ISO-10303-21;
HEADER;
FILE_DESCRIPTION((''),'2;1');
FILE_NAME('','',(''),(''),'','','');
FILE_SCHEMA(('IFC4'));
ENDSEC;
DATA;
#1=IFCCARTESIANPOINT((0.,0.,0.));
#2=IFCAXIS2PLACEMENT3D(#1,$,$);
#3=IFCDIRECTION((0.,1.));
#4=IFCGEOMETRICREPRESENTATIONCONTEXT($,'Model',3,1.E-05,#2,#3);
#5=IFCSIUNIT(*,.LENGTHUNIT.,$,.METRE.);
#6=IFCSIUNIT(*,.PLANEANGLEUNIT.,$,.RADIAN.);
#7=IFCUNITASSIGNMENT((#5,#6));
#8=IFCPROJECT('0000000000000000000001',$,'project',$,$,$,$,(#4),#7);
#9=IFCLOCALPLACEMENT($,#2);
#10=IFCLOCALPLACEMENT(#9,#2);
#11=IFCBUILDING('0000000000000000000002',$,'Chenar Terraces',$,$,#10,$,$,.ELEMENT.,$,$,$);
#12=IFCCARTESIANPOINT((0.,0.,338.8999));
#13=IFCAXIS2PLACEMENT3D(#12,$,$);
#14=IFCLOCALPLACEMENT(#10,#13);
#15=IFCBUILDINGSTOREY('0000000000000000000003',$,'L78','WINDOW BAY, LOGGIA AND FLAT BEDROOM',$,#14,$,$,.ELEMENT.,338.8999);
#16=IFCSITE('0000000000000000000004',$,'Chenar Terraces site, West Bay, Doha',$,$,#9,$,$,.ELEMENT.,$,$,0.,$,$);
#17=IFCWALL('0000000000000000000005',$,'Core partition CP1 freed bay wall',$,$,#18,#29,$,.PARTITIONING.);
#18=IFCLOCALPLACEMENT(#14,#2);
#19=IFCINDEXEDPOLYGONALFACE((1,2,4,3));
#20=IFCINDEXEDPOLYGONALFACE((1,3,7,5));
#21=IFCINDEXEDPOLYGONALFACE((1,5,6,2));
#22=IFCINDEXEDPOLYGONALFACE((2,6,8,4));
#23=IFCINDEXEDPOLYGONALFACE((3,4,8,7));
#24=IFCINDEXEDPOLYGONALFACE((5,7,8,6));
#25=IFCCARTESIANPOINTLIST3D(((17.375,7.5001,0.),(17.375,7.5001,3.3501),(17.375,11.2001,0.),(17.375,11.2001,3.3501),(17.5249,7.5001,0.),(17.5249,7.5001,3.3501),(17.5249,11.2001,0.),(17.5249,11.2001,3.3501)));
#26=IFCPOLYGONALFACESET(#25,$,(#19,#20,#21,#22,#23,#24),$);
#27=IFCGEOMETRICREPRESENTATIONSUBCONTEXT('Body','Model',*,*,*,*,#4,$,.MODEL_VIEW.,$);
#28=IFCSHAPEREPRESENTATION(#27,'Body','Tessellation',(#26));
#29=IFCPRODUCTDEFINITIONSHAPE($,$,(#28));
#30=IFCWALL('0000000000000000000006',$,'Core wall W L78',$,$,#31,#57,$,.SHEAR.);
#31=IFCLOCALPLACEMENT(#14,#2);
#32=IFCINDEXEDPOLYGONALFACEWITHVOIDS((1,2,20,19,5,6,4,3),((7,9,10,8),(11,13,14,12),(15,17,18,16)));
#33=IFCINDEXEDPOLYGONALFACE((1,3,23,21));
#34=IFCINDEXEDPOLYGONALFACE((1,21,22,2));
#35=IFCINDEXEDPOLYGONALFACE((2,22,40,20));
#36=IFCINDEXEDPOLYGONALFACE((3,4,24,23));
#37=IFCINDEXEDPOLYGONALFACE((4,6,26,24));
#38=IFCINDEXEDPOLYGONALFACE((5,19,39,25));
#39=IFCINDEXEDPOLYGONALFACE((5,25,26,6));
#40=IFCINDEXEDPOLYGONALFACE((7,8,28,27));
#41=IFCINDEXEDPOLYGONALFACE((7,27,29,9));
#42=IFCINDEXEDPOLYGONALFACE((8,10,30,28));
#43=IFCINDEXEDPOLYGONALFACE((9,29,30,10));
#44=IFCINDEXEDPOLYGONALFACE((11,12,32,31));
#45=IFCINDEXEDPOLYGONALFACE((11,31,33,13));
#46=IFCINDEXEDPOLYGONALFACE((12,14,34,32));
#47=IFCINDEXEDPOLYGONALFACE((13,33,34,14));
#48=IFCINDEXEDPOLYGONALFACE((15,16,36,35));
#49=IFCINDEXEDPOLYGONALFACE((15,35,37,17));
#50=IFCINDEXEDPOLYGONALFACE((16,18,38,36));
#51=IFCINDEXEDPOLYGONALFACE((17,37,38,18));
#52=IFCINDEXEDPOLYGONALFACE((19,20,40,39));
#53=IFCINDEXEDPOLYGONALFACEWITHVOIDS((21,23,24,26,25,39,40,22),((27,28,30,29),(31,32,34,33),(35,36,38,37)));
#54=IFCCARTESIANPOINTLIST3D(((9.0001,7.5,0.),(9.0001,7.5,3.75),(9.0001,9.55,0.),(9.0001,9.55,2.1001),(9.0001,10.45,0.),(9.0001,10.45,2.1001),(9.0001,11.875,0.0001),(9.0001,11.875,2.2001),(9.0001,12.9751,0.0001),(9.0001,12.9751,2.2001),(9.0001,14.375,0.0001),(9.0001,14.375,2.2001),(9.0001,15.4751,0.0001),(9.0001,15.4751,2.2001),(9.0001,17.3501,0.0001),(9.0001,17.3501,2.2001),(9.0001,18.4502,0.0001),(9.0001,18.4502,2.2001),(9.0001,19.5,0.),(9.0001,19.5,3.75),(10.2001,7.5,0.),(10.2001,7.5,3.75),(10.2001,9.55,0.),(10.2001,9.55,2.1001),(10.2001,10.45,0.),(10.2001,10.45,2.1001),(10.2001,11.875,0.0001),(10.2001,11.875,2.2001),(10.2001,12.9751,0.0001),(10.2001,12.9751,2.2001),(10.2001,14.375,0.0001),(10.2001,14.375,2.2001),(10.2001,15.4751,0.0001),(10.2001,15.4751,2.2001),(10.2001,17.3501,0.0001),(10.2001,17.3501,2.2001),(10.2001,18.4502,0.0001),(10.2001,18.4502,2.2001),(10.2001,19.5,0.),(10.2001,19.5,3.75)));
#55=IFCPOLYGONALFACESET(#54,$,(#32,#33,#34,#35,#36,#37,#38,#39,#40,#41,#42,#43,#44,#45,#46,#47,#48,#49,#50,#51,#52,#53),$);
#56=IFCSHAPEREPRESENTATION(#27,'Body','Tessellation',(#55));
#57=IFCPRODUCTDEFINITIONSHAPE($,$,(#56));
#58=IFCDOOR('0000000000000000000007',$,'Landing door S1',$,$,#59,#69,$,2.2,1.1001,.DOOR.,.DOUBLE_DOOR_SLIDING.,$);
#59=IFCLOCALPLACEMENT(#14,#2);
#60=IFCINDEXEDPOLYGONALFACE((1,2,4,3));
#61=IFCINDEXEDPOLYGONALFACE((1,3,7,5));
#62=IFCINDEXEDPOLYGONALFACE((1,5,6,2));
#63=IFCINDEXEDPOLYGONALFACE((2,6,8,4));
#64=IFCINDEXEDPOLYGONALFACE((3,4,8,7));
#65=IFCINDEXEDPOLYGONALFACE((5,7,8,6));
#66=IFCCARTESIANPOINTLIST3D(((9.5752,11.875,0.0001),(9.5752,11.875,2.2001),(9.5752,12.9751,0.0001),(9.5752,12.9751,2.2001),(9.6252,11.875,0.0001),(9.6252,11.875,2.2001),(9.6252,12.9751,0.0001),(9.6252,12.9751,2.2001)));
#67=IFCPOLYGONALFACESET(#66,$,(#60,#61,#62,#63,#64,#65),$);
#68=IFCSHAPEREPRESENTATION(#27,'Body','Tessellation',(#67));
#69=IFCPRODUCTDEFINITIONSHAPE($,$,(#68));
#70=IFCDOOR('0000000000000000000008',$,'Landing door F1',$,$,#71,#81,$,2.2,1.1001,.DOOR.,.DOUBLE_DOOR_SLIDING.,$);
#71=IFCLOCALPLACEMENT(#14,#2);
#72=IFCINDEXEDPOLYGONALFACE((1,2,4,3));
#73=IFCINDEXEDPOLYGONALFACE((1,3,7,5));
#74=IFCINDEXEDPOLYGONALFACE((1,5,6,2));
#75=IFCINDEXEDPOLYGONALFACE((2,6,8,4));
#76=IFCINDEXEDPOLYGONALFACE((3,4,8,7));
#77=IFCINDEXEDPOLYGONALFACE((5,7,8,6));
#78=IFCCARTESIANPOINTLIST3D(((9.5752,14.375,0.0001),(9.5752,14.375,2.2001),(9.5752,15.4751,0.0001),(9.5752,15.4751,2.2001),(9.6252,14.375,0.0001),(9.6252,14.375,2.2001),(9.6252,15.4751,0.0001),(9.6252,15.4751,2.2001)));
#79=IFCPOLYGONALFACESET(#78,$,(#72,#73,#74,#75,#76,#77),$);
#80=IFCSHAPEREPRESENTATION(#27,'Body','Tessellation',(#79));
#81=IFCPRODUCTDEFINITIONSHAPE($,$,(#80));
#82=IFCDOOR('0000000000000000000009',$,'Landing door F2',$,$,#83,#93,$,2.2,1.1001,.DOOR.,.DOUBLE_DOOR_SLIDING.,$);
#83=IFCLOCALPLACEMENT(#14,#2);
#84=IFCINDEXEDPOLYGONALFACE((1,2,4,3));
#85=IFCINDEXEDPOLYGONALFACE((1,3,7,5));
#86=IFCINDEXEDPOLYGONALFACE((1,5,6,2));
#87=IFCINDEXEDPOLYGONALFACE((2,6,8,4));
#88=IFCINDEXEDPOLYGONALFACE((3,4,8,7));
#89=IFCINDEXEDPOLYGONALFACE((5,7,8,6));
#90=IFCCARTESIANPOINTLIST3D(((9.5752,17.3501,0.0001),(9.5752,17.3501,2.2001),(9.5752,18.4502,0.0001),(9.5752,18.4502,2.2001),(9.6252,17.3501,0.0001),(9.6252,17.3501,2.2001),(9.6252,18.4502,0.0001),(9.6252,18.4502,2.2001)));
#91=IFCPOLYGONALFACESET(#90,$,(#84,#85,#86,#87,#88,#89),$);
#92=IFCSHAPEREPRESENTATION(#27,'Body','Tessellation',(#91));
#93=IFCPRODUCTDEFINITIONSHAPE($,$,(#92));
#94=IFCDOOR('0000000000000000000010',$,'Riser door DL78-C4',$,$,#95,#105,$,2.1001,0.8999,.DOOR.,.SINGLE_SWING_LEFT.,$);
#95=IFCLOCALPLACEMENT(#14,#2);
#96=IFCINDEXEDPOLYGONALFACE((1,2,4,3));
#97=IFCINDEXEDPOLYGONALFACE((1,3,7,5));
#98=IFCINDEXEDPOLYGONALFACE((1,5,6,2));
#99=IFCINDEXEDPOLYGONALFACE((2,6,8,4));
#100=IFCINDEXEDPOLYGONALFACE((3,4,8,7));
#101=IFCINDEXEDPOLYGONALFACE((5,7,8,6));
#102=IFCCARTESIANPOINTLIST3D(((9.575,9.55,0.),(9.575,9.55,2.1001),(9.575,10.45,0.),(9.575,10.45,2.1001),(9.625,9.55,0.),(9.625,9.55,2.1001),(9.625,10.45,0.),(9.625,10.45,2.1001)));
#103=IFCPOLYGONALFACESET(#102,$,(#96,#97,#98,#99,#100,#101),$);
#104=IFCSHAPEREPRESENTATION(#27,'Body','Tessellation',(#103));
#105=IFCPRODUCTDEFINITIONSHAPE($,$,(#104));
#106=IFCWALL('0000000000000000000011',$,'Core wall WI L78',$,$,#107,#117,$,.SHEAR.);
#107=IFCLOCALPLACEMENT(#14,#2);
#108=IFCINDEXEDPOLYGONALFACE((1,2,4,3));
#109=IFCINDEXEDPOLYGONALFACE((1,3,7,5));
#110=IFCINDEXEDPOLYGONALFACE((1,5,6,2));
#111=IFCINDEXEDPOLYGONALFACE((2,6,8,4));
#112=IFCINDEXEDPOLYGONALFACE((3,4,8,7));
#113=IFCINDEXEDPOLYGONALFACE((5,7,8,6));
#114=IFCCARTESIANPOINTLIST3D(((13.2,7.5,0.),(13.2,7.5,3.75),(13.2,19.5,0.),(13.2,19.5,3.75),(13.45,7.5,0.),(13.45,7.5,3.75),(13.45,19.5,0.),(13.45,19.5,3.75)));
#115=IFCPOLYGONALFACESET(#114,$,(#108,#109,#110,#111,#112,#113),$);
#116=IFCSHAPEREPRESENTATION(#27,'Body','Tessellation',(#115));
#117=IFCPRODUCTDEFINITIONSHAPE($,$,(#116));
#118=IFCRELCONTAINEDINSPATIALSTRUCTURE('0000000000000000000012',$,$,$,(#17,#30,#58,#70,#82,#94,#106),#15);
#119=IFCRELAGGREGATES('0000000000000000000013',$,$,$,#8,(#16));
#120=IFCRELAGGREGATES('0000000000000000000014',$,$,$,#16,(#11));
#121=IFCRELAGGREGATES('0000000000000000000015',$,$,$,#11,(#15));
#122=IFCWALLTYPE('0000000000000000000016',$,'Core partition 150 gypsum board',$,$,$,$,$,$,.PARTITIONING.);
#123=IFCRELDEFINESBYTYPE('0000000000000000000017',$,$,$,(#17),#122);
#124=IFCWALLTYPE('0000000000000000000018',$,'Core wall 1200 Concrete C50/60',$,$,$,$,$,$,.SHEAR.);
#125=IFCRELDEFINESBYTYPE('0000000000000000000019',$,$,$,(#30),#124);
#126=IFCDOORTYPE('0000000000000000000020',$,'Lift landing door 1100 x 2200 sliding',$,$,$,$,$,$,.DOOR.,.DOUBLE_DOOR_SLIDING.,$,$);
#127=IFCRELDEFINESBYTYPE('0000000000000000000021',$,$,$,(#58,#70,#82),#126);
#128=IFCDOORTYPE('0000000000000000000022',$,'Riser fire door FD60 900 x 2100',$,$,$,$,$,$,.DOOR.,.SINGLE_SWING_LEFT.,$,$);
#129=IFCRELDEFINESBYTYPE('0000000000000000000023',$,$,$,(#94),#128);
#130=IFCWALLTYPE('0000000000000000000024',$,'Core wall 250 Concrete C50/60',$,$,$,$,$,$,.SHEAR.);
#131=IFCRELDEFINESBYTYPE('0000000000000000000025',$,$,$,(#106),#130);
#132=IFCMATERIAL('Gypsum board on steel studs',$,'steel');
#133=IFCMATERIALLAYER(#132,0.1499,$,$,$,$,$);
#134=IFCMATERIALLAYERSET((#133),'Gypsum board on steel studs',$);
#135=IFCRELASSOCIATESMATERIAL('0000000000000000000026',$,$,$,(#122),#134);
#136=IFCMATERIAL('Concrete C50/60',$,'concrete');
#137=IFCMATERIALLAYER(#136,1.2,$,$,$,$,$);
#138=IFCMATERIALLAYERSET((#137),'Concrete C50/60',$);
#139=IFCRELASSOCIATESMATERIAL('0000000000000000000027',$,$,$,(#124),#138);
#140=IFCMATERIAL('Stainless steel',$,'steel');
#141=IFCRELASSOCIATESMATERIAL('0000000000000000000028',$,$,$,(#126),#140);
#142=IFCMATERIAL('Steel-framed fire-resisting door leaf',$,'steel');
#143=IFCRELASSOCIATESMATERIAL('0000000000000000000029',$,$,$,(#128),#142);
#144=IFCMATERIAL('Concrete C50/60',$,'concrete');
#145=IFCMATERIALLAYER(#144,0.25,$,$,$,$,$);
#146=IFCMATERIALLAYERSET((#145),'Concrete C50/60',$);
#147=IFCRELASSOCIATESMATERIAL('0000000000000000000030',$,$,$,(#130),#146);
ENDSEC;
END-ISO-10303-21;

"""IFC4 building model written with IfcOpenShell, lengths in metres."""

from ifc_helpers import new_model, si_unit, direction, frame, frame_2d, origin, place, context, subcontext, project, spatial, rectangle, extrude, material, layer, layer_set, type_object, element, fill, save


model = new_model("IFC4")

# Units and contexts
model_context = context("Model", 3, precision=1e-05, world=origin(), true_north=direction((0.0, 1.0)))
body_context = subcontext(model_context, "Body", "Model", "MODEL_VIEW")
ifc_project = project(units=[si_unit("LENGTHUNIT", "METRE"), si_unit("PLANEANGLEUNIT", "RADIAN")], contexts=[model_context])

# Site, building, storey
site_placement = place(None, origin())
site = spatial("IfcSite", under=ifc_project, at=site_placement, Name="Chenar Terraces site, West Bay, Doha", CompositionType="ELEMENT", RefElevation=0.0)
building_placement = place(site_placement, origin())
building = spatial("IfcBuilding", under=site, at=building_placement, Name="Chenar Terraces", CompositionType="ELEMENT")
storey_placement = place(building_placement, frame((0.0, 0.0, 338.8999)))
storey = spatial("IfcBuildingStorey", under=building, at=storey_placement, Name="L78", Description="WINDOW BAY, LOGGIA AND FLAT BEDROOM", CompositionType="ELEMENT", Elevation=338.8999)

# Wall
ifc_material_1 = material(Name="Gypsum board on steel studs", Category="steel")
ifc_layer_1 = layer(ifc_material_1, 0.1499)
ifc_layer_set_1 = layer_set([ifc_layer_1], Name="Gypsum board on steel studs")
wall_type_1 = type_object("IfcWallType", Name="Core partition 150 gypsum board", PredefinedType="PARTITIONING", material=ifc_layer_set_1)
wall_1_placement = place(storey_placement, frame((17.45, 7.5, 0.0), z_axis=(0.0, 0.0, 1.0), x_axis=(0.0, 1.0, 0.0)))
element("IfcWall", 1, at=wall_1_placement, inside=storey, type_object=wall_type_1, Name="Core partition CP1 freed bay wall", PredefinedType="PARTITIONING", context=body_context, shape_type="SweptSolid", body=[
    extrude(rectangle(XDim=3.7, YDim=0.1499, at=frame_2d((1.8501, 0.0))), origin(), (0.0, 0.0, 1.0), 3.3501),
])

# Wall, openings, doors
ifc_material_2 = material(Name="Concrete C50/60", Category="concrete")
ifc_layer_2 = layer(ifc_material_2, 1.2)
ifc_layer_set_2 = layer_set([ifc_layer_2], Name="Concrete C50/60")
wall_type_2 = type_object("IfcWallType", Name="Core wall 1200 Concrete C50/60", PredefinedType="SHEAR", material=ifc_layer_set_2)
wall_2_placement = place(storey_placement, frame((9.6001, 7.5, 0.0), z_axis=(0.0, 0.0, 1.0), x_axis=(0.0, 1.0, 0.0)))
wall_2 = element("IfcWall", 2, at=wall_2_placement, inside=storey, type_object=wall_type_2, Name="Core wall W L78", PredefinedType="SHEAR", context=body_context, shape_type="SweptSolid", body=[
    extrude(rectangle(XDim=12.0, YDim=1.2, at=frame_2d((6.0, 0.0))), origin(), (0.0, 0.0, 1.0), 3.75),
])
opening_1_placement = place(wall_2_placement, frame((4.375, 0.0, 0.0)))
opening_1 = element("IfcOpeningElement", 3, at=opening_1_placement, cuts=wall_2, PredefinedType="OPENING", context=body_context, shape_type="SweptSolid", body=[
    extrude(rectangle(XDim=1.1001, YDim=2.2, at=frame_2d((0.55, 1.1001))), frame((0.0, 0.6099, 0.0), z_axis=(0.0, -1.0, 0.0), x_axis=(1.0, 0.0, 0.0)), (0.0, 0.0, 1.0), 1.22),
])
opening_2_placement = place(wall_2_placement, frame((6.875, 0.0, 0.0)))
opening_2 = element("IfcOpeningElement", 4, at=opening_2_placement, cuts=wall_2, PredefinedType="OPENING", context=body_context, shape_type="SweptSolid", body=[
    extrude(rectangle(XDim=1.1001, YDim=2.2, at=frame_2d((0.55, 1.1001))), frame((0.0, 0.6099, 0.0), z_axis=(0.0, -1.0, 0.0), x_axis=(1.0, 0.0, 0.0)), (0.0, 0.0, 1.0), 1.22),
])
opening_3_placement = place(wall_2_placement, frame((9.8501, 0.0, 0.0)))
opening_3 = element("IfcOpeningElement", 5, at=opening_3_placement, cuts=wall_2, PredefinedType="OPENING", context=body_context, shape_type="SweptSolid", body=[
    extrude(rectangle(XDim=1.1001, YDim=2.2, at=frame_2d((0.55, 1.1001))), frame((0.0, 0.6099, 0.0), z_axis=(0.0, -1.0, 0.0), x_axis=(1.0, 0.0, 0.0)), (0.0, 0.0, 1.0), 1.22),
])
opening_4_placement = place(wall_2_placement, frame((2.05, 0.0, 0.0)))
opening_4 = element("IfcOpeningElement", 6, at=opening_4_placement, cuts=wall_2, PredefinedType="OPENING", context=body_context, shape_type="SweptSolid", body=[
    extrude(rectangle(XDim=0.8999, YDim=2.1001, at=frame_2d((0.45, 1.05))), frame((0.0, 0.6099, 0.0), z_axis=(0.0, -1.0, 0.0), x_axis=(1.0, 0.0, 0.0)), (0.0, 0.0, 1.0), 1.22),
])
ifc_material_3 = material(Name="Stainless steel", Category="steel")
door_type_1 = type_object("IfcDoorType", Name="Lift landing door 1100 x 2200 sliding", OperationType="DOUBLE_DOOR_SLIDING", PredefinedType="DOOR", material=ifc_material_3)
door_1_placement = place(opening_1_placement, origin())
door_1 = element("IfcDoor", 7, at=door_1_placement, inside=storey, type_object=door_type_1, Name="Landing door S1", OperationType="DOUBLE_DOOR_SLIDING", OverallHeight=2.2, OverallWidth=1.1001, PredefinedType="DOOR", context=body_context, shape_type="SweptSolid", body=[
    extrude(rectangle(XDim=1.1001, YDim=2.2, at=frame_2d((0.55, 1.1001))), frame((0.0, 0.0249, 0.0), z_axis=(0.0, -1.0, 0.0), x_axis=(1.0, 0.0, 0.0)), (0.0, 0.0, 1.0), 0.05),
])
fill(opening_1, door_1)
door_2_placement = place(opening_2_placement, origin())
door_2 = element("IfcDoor", 8, at=door_2_placement, inside=storey, type_object=door_type_1, Name="Landing door F1", OperationType="DOUBLE_DOOR_SLIDING", OverallHeight=2.2, OverallWidth=1.1001, PredefinedType="DOOR", context=body_context, shape_type="SweptSolid", body=[
    extrude(rectangle(XDim=1.1001, YDim=2.2, at=frame_2d((0.55, 1.1001))), frame((0.0, 0.0249, 0.0), z_axis=(0.0, -1.0, 0.0), x_axis=(1.0, 0.0, 0.0)), (0.0, 0.0, 1.0), 0.05),
])
fill(opening_2, door_2)
door_3_placement = place(opening_3_placement, origin())
door_3 = element("IfcDoor", 9, at=door_3_placement, inside=storey, type_object=door_type_1, Name="Landing door F2", OperationType="DOUBLE_DOOR_SLIDING", OverallHeight=2.2, OverallWidth=1.1001, PredefinedType="DOOR", context=body_context, shape_type="SweptSolid", body=[
    extrude(rectangle(XDim=1.1001, YDim=2.2, at=frame_2d((0.55, 1.1001))), frame((0.0, 0.0249, 0.0), z_axis=(0.0, -1.0, 0.0), x_axis=(1.0, 0.0, 0.0)), (0.0, 0.0, 1.0), 0.05),
])
fill(opening_3, door_3)
ifc_material_4 = material(Name="Steel-framed fire-resisting door leaf", Category="steel")
door_type_2 = type_object("IfcDoorType", Name="Riser fire door FD60 900 x 2100", OperationType="SINGLE_SWING_LEFT", PredefinedType="DOOR", material=ifc_material_4)
door_4_placement = place(opening_4_placement, frame((0.8999, 0.0, 0.0), z_axis=(0.0, 0.0, 1.0), x_axis=(-1.0, 0.0, 0.0)))
door_4 = element("IfcDoor", 10, at=door_4_placement, inside=storey, type_object=door_type_2, Name="Riser door DL78-C4", OperationType="SINGLE_SWING_LEFT", OverallHeight=2.1001, OverallWidth=0.8999, PredefinedType="DOOR", context=body_context, shape_type="SweptSolid", body=[
    extrude(rectangle(XDim=0.8999, YDim=2.1001, at=frame_2d((0.45, 1.05))), frame((0.0, 0.0249, 0.0), z_axis=(0.0, -1.0, 0.0), x_axis=(1.0, 0.0, 0.0)), (0.0, 0.0, 1.0), 0.05),
])
fill(opening_4, door_4)

# Wall
ifc_material_5 = material(Name="Concrete C50/60", Category="concrete")
ifc_layer_3 = layer(ifc_material_5, 0.25)
ifc_layer_set_3 = layer_set([ifc_layer_3], Name="Concrete C50/60")
wall_type_3 = type_object("IfcWallType", Name="Core wall 250 Concrete C50/60", PredefinedType="SHEAR", material=ifc_layer_set_3)
wall_3_placement = place(storey_placement, frame((13.325, 7.5, 0.0), z_axis=(0.0, 0.0, 1.0), x_axis=(0.0, 1.0, 0.0)))
element("IfcWall", 11, at=wall_3_placement, inside=storey, type_object=wall_type_3, Name="Core wall WI L78", PredefinedType="SHEAR", context=body_context, shape_type="SweptSolid", body=[
    extrude(rectangle(XDim=12.0, YDim=0.25, at=frame_2d((6.0, 0.0))), origin(), (0.0, 0.0, 1.0), 3.75),
])

save(model, "model.ifc")
